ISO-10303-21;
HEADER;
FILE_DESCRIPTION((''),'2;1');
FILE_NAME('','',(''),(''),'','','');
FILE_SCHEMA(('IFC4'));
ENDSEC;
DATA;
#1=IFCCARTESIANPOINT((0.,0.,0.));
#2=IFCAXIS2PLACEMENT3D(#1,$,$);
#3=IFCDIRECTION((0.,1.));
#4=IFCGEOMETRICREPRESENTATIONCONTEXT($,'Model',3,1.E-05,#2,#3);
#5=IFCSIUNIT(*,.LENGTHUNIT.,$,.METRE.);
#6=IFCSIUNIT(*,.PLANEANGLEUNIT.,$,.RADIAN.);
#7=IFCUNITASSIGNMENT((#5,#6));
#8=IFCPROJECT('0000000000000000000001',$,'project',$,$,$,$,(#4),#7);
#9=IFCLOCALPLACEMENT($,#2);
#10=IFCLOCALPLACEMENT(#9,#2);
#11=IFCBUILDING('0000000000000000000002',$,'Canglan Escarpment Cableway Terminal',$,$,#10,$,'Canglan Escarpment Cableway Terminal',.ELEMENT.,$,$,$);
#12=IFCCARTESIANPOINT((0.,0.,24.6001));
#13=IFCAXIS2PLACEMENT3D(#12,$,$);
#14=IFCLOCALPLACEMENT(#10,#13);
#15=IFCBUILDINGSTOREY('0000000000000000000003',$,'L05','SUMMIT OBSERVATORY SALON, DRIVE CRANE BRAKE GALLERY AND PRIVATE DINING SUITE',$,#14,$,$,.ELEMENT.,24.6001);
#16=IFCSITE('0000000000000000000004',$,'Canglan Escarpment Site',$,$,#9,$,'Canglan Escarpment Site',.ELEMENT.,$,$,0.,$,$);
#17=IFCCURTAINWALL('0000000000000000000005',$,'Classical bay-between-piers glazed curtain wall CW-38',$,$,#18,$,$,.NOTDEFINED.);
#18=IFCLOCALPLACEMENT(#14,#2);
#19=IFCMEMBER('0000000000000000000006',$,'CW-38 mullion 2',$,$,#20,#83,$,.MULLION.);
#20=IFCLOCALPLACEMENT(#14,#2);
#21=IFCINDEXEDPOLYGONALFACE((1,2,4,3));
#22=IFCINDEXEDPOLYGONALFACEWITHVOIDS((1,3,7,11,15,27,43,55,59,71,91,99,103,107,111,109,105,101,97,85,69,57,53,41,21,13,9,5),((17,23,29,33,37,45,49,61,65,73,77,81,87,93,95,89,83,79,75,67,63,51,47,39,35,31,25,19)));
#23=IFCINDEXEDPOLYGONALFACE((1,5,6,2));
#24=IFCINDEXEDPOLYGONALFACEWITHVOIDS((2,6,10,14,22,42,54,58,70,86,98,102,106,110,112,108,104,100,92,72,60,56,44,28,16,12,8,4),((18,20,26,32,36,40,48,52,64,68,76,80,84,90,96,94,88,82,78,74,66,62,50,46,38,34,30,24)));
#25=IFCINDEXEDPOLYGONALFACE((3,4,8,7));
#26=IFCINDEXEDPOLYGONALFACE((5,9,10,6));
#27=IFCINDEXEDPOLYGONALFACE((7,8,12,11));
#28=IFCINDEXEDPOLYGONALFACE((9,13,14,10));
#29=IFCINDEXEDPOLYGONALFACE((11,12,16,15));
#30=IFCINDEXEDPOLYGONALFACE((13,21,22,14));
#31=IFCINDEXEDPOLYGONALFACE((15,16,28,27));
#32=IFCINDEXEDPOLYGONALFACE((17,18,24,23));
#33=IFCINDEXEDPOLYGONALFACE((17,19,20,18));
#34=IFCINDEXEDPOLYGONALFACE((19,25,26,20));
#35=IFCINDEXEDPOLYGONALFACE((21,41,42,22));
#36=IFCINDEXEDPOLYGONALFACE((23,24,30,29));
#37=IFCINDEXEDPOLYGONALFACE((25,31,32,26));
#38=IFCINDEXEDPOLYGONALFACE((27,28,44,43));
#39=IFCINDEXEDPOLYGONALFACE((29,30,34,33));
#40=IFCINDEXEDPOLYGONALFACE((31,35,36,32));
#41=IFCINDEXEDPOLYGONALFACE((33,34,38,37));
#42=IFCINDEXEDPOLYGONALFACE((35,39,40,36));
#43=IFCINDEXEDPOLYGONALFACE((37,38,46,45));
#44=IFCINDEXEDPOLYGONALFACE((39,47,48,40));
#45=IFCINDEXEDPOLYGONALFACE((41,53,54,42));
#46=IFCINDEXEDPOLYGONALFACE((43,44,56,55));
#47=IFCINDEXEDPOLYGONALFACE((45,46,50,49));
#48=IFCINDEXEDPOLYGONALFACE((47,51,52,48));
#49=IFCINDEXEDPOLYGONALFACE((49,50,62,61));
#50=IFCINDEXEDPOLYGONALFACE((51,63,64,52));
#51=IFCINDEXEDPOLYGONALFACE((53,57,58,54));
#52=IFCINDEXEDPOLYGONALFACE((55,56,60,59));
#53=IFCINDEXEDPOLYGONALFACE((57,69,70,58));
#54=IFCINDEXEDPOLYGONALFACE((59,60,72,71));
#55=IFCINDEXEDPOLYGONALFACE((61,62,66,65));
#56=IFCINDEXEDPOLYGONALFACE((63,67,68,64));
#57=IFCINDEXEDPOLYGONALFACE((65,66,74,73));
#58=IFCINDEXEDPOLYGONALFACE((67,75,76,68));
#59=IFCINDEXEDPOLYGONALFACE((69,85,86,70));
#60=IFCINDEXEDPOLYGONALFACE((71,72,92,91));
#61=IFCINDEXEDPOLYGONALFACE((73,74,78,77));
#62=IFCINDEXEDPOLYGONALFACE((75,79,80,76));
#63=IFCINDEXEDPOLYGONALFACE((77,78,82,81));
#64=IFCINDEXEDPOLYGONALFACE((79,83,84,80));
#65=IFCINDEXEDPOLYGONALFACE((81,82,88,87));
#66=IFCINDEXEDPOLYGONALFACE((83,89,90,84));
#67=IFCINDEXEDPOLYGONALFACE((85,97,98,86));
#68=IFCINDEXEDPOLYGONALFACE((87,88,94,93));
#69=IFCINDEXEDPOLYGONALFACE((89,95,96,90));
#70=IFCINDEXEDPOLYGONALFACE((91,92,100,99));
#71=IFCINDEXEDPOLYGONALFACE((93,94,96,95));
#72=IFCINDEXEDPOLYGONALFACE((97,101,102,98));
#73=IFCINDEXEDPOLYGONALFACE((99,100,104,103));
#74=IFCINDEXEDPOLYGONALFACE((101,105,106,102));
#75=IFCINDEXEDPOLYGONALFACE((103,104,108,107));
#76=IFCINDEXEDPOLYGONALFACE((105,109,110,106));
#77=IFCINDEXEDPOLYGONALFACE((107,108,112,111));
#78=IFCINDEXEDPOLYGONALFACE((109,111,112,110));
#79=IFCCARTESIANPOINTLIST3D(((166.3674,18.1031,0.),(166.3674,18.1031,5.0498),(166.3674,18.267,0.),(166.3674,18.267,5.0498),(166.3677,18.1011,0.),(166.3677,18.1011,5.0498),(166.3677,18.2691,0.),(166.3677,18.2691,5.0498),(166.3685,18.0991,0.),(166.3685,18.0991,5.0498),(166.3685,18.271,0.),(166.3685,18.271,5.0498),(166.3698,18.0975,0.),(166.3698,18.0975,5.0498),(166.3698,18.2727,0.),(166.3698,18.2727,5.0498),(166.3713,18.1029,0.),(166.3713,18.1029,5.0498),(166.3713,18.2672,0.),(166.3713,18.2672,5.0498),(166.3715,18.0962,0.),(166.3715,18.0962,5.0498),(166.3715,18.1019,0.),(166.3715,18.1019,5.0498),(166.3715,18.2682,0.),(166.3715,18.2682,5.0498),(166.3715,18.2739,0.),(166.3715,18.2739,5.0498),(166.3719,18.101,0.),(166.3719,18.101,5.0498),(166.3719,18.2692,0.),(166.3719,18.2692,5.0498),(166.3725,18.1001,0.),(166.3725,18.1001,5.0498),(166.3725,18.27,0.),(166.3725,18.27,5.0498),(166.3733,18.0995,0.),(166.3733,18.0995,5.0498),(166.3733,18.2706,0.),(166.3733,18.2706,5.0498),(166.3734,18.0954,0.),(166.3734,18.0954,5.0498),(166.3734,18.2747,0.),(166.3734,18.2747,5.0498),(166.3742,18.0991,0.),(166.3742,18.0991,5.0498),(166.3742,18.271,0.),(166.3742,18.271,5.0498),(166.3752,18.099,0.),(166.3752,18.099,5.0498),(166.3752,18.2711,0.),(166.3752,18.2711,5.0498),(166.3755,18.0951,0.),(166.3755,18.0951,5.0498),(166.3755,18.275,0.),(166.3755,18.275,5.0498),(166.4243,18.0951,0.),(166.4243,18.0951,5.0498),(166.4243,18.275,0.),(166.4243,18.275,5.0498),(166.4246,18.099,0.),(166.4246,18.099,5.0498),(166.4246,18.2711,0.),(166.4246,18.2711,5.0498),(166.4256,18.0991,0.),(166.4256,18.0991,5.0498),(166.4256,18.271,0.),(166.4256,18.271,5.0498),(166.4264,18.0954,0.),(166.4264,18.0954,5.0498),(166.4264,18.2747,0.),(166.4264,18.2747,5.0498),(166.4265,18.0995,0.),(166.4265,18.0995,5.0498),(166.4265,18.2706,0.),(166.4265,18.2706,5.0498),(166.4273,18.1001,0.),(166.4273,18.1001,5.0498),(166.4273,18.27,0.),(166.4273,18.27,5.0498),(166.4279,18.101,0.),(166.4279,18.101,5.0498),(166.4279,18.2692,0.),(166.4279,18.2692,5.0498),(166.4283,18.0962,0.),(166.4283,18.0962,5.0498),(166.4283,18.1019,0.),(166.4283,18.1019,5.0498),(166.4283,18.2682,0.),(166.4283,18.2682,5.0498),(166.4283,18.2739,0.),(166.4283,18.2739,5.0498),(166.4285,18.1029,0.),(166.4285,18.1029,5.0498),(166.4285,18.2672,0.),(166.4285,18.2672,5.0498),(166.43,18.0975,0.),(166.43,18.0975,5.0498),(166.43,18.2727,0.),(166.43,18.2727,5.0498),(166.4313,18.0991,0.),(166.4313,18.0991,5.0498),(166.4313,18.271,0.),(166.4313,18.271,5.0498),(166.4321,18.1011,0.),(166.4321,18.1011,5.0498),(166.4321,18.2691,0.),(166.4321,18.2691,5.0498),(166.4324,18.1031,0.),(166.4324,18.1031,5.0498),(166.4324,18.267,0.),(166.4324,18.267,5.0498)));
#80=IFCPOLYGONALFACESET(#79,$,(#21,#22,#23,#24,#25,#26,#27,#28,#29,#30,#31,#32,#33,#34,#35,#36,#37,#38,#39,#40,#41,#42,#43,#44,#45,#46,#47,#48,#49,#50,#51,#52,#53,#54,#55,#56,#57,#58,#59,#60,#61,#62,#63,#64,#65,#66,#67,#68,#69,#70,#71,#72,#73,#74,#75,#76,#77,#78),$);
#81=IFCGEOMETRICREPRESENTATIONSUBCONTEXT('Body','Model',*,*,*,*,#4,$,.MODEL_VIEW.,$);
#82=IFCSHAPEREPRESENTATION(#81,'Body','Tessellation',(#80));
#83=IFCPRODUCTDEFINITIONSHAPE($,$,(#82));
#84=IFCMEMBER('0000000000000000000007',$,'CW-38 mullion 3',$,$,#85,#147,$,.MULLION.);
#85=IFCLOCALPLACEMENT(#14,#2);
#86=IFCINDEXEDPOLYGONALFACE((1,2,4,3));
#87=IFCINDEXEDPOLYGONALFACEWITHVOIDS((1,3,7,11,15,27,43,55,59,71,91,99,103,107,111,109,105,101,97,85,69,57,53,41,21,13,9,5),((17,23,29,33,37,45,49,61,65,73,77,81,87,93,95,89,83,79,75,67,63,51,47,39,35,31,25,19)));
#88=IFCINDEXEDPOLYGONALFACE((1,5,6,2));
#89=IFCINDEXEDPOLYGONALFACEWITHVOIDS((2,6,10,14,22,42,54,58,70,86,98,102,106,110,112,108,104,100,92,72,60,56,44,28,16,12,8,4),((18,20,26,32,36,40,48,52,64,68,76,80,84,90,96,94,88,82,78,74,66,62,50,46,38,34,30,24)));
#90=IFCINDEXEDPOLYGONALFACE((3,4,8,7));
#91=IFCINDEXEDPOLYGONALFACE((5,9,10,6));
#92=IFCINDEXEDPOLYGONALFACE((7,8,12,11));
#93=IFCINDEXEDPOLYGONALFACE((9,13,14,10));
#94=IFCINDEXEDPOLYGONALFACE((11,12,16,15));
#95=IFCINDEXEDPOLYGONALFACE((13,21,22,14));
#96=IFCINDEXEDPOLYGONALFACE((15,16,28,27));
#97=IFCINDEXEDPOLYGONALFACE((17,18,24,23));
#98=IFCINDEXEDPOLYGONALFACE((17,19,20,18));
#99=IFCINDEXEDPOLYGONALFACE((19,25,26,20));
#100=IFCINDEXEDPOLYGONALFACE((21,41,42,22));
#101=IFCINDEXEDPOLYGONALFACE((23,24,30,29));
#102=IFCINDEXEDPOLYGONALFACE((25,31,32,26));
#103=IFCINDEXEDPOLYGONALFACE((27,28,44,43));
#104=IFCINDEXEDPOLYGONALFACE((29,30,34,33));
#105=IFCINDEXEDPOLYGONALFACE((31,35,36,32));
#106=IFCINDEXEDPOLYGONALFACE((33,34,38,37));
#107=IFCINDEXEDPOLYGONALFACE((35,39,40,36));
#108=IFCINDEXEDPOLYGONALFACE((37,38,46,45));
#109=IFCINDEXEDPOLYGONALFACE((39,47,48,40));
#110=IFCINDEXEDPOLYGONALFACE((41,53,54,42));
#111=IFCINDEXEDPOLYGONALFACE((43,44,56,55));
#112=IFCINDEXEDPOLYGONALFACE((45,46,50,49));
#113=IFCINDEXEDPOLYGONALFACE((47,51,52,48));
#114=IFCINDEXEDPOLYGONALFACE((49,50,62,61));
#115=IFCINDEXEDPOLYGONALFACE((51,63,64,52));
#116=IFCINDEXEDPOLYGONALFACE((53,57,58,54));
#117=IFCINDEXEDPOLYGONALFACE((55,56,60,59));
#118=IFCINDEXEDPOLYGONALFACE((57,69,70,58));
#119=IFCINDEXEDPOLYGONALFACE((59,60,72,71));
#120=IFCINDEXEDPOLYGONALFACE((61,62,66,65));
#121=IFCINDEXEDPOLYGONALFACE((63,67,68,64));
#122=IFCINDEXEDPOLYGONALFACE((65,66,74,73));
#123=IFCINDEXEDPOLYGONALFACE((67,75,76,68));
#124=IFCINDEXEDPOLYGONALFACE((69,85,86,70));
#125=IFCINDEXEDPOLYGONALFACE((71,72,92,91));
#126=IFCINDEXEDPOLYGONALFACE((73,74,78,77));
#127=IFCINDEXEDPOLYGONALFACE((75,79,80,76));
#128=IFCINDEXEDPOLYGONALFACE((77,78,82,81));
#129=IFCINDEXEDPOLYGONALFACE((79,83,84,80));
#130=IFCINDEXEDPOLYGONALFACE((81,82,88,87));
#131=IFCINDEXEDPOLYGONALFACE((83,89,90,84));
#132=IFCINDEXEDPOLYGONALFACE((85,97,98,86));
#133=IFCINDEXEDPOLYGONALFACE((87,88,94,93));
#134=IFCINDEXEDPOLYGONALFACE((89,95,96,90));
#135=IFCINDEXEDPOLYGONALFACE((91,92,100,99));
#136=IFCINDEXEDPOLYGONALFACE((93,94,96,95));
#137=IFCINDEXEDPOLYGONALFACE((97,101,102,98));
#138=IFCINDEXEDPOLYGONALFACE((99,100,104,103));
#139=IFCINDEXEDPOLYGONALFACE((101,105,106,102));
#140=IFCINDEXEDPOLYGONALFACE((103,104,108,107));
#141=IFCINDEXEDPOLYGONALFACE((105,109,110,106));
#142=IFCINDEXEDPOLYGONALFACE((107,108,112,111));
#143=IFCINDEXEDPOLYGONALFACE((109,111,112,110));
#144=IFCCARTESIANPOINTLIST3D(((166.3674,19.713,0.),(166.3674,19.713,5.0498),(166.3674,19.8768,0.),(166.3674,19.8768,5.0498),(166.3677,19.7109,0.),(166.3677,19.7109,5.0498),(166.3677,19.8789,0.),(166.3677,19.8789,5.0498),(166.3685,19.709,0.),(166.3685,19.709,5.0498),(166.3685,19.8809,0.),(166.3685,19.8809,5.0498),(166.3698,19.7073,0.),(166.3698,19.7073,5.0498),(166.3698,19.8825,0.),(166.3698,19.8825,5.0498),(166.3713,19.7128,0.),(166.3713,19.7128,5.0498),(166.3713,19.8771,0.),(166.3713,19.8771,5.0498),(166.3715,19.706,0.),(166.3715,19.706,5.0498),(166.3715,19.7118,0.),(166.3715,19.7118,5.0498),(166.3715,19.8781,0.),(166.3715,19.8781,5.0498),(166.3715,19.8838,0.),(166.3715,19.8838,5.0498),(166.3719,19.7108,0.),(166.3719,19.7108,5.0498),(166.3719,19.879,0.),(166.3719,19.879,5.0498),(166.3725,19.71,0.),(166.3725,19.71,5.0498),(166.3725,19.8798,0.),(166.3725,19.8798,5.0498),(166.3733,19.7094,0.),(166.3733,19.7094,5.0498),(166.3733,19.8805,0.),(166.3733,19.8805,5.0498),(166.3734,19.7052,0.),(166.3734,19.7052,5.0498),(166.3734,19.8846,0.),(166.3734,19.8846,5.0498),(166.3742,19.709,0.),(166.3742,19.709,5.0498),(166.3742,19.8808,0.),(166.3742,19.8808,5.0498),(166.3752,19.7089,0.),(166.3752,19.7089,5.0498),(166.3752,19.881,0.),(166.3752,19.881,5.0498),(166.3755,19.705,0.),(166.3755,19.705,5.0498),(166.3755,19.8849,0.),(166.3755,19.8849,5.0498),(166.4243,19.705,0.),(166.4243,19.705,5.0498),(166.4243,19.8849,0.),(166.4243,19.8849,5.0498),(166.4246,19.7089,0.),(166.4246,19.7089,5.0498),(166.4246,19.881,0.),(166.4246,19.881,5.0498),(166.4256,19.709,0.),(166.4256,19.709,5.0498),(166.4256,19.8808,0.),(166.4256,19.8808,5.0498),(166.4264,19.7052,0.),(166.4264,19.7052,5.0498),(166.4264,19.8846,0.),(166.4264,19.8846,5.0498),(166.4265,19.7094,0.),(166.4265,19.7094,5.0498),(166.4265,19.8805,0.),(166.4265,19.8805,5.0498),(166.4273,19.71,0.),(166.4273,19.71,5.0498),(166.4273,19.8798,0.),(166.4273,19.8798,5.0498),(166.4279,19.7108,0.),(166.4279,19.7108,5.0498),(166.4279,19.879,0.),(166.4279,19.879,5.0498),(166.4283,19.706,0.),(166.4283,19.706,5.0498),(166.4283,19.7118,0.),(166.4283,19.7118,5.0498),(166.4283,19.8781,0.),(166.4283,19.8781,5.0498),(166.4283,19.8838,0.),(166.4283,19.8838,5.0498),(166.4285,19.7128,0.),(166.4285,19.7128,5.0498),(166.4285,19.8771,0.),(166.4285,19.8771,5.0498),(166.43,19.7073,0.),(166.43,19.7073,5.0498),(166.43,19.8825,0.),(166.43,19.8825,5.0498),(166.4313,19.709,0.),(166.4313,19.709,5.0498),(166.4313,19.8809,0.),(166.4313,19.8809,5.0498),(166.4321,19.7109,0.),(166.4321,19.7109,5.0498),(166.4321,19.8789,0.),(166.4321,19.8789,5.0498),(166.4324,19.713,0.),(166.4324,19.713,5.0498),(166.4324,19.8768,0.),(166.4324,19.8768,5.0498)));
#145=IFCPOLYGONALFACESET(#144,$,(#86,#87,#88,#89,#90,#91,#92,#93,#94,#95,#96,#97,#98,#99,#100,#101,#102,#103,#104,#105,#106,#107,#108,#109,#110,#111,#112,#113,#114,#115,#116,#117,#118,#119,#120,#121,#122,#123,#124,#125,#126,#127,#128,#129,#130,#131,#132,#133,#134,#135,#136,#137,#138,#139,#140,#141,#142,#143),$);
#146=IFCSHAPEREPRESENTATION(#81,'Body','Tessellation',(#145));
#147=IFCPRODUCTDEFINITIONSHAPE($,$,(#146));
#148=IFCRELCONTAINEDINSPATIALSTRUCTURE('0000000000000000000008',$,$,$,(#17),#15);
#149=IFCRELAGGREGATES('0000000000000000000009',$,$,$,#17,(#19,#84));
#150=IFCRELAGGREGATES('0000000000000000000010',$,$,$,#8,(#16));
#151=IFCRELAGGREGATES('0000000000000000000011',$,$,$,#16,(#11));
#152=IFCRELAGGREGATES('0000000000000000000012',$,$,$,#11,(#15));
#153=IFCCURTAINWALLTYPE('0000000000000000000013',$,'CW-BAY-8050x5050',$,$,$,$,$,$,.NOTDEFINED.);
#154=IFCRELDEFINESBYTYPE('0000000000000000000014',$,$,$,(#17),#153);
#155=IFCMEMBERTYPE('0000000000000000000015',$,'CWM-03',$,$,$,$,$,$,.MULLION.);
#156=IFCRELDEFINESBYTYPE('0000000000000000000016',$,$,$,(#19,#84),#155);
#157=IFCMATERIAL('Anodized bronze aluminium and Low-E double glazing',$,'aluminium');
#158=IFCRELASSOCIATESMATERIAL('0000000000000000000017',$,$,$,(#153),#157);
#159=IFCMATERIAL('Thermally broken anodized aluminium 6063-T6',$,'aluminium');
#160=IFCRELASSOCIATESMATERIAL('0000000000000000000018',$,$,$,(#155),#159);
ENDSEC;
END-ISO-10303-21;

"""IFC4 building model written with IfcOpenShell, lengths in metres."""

from ifc_helpers import new_model, si_unit, direction, frame, origin, origin_2d, place, context, subcontext, project, spatial, hollow_rectangle, extrude, material, material_profile, profile_set, type_object, element, aggregate, save


model = new_model("IFC4")

# Units and contexts
model_context = context("Model", 3, precision=1e-05, world=origin(), true_north=direction((0.0, 1.0)))
body_context = subcontext(model_context, "Body", "Model", "MODEL_VIEW")
ifc_project = project(units=[si_unit("LENGTHUNIT", "METRE"), si_unit("PLANEANGLEUNIT", "RADIAN")], contexts=[model_context])

# Site, building, storey
site_placement = place(None, origin())
site = spatial("IfcSite", under=ifc_project, at=site_placement, Name="Canglan Escarpment Site", LongName="Canglan Escarpment Site", CompositionType="ELEMENT", RefElevation=0.0)
building_placement = place(site_placement, origin())
building = spatial("IfcBuilding", under=site, at=building_placement, Name="Canglan Escarpment Cableway Terminal", LongName="Canglan Escarpment Cableway Terminal", CompositionType="ELEMENT")
storey_placement = place(building_placement, frame((0.0, 0.0, 24.6001)))
storey = spatial("IfcBuildingStorey", under=building, at=storey_placement, Name="L05", Description="SUMMIT OBSERVATORY SALON, DRIVE CRANE BRAKE GALLERY AND PRIVATE DINING SUITE", CompositionType="ELEMENT", Elevation=24.6001)

# Curtain wall, members
ifc_material_1 = material(Name="Anodized bronze aluminium and Low-E double glazing", Category="aluminium")
curtain_wall_type = type_object("IfcCurtainWallType", Name="CW-BAY-8050x5050", PredefinedType="NOTDEFINED", material=ifc_material_1)
curtain_wall_placement = place(storey_placement, origin())
curtain_wall = element("IfcCurtainWall", 1, at=curtain_wall_placement, inside=storey, type_object=curtain_wall_type, Name="Classical bay-between-piers glazed curtain wall CW-38", PredefinedType="NOTDEFINED")
ifc_material_2 = material(Name="Thermally broken anodized aluminium 6063-T6", Category="aluminium")
ifc_material_profile_1 = material_profile(ifc_material_2, hollow_rectangle(XDim=0.0649, YDim=0.1799, WallThickness=0.0039, InnerFilletRadius=0.0039, OuterFilletRadius=0.0081, at=origin_2d()), Name="ALU-MULL 65x180x4")
ifc_profile_set_1 = profile_set([ifc_material_profile_1], Name="Thermally broken anodized aluminium 6063-T6")
member_type_1 = type_object("IfcMemberType", Name="CWM-03", PredefinedType="MULLION", material=ifc_profile_set_1)
member_1_placement = place(storey_placement, frame((166.3999, 18.1851, 0.0), z_axis=(0.0, 0.0, 1.0), x_axis=(-1.0, 0.0, 0.0)))
member_1 = element("IfcMember", 2, at=member_1_placement, type_object=member_type_1, Name="CW-38 mullion 2", PredefinedType="MULLION", context=body_context, shape_type="SweptSolid", body=[
    extrude(hollow_rectangle(XDim=0.0649, YDim=0.1799, WallThickness=0.0039, InnerFilletRadius=0.0039, OuterFilletRadius=0.0081, at=origin_2d()), origin(), (0.0, 0.0, 1.0), 5.0498),
])
member_2_placement = place(storey_placement, frame((166.3999, 19.7949, 0.0), z_axis=(0.0, 0.0, 1.0), x_axis=(-1.0, 0.0, 0.0)))
member_2 = element("IfcMember", 3, at=member_2_placement, type_object=member_type_1, Name="CW-38 mullion 3", PredefinedType="MULLION", context=body_context, shape_type="SweptSolid", body=[
    extrude(hollow_rectangle(XDim=0.0649, YDim=0.1799, WallThickness=0.0039, InnerFilletRadius=0.0039, OuterFilletRadius=0.0081, at=origin_2d()), origin(), (0.0, 0.0, 1.0), 5.0498),
])
aggregate(curtain_wall, [member_1, member_2])

save(model, "model.ifc")
